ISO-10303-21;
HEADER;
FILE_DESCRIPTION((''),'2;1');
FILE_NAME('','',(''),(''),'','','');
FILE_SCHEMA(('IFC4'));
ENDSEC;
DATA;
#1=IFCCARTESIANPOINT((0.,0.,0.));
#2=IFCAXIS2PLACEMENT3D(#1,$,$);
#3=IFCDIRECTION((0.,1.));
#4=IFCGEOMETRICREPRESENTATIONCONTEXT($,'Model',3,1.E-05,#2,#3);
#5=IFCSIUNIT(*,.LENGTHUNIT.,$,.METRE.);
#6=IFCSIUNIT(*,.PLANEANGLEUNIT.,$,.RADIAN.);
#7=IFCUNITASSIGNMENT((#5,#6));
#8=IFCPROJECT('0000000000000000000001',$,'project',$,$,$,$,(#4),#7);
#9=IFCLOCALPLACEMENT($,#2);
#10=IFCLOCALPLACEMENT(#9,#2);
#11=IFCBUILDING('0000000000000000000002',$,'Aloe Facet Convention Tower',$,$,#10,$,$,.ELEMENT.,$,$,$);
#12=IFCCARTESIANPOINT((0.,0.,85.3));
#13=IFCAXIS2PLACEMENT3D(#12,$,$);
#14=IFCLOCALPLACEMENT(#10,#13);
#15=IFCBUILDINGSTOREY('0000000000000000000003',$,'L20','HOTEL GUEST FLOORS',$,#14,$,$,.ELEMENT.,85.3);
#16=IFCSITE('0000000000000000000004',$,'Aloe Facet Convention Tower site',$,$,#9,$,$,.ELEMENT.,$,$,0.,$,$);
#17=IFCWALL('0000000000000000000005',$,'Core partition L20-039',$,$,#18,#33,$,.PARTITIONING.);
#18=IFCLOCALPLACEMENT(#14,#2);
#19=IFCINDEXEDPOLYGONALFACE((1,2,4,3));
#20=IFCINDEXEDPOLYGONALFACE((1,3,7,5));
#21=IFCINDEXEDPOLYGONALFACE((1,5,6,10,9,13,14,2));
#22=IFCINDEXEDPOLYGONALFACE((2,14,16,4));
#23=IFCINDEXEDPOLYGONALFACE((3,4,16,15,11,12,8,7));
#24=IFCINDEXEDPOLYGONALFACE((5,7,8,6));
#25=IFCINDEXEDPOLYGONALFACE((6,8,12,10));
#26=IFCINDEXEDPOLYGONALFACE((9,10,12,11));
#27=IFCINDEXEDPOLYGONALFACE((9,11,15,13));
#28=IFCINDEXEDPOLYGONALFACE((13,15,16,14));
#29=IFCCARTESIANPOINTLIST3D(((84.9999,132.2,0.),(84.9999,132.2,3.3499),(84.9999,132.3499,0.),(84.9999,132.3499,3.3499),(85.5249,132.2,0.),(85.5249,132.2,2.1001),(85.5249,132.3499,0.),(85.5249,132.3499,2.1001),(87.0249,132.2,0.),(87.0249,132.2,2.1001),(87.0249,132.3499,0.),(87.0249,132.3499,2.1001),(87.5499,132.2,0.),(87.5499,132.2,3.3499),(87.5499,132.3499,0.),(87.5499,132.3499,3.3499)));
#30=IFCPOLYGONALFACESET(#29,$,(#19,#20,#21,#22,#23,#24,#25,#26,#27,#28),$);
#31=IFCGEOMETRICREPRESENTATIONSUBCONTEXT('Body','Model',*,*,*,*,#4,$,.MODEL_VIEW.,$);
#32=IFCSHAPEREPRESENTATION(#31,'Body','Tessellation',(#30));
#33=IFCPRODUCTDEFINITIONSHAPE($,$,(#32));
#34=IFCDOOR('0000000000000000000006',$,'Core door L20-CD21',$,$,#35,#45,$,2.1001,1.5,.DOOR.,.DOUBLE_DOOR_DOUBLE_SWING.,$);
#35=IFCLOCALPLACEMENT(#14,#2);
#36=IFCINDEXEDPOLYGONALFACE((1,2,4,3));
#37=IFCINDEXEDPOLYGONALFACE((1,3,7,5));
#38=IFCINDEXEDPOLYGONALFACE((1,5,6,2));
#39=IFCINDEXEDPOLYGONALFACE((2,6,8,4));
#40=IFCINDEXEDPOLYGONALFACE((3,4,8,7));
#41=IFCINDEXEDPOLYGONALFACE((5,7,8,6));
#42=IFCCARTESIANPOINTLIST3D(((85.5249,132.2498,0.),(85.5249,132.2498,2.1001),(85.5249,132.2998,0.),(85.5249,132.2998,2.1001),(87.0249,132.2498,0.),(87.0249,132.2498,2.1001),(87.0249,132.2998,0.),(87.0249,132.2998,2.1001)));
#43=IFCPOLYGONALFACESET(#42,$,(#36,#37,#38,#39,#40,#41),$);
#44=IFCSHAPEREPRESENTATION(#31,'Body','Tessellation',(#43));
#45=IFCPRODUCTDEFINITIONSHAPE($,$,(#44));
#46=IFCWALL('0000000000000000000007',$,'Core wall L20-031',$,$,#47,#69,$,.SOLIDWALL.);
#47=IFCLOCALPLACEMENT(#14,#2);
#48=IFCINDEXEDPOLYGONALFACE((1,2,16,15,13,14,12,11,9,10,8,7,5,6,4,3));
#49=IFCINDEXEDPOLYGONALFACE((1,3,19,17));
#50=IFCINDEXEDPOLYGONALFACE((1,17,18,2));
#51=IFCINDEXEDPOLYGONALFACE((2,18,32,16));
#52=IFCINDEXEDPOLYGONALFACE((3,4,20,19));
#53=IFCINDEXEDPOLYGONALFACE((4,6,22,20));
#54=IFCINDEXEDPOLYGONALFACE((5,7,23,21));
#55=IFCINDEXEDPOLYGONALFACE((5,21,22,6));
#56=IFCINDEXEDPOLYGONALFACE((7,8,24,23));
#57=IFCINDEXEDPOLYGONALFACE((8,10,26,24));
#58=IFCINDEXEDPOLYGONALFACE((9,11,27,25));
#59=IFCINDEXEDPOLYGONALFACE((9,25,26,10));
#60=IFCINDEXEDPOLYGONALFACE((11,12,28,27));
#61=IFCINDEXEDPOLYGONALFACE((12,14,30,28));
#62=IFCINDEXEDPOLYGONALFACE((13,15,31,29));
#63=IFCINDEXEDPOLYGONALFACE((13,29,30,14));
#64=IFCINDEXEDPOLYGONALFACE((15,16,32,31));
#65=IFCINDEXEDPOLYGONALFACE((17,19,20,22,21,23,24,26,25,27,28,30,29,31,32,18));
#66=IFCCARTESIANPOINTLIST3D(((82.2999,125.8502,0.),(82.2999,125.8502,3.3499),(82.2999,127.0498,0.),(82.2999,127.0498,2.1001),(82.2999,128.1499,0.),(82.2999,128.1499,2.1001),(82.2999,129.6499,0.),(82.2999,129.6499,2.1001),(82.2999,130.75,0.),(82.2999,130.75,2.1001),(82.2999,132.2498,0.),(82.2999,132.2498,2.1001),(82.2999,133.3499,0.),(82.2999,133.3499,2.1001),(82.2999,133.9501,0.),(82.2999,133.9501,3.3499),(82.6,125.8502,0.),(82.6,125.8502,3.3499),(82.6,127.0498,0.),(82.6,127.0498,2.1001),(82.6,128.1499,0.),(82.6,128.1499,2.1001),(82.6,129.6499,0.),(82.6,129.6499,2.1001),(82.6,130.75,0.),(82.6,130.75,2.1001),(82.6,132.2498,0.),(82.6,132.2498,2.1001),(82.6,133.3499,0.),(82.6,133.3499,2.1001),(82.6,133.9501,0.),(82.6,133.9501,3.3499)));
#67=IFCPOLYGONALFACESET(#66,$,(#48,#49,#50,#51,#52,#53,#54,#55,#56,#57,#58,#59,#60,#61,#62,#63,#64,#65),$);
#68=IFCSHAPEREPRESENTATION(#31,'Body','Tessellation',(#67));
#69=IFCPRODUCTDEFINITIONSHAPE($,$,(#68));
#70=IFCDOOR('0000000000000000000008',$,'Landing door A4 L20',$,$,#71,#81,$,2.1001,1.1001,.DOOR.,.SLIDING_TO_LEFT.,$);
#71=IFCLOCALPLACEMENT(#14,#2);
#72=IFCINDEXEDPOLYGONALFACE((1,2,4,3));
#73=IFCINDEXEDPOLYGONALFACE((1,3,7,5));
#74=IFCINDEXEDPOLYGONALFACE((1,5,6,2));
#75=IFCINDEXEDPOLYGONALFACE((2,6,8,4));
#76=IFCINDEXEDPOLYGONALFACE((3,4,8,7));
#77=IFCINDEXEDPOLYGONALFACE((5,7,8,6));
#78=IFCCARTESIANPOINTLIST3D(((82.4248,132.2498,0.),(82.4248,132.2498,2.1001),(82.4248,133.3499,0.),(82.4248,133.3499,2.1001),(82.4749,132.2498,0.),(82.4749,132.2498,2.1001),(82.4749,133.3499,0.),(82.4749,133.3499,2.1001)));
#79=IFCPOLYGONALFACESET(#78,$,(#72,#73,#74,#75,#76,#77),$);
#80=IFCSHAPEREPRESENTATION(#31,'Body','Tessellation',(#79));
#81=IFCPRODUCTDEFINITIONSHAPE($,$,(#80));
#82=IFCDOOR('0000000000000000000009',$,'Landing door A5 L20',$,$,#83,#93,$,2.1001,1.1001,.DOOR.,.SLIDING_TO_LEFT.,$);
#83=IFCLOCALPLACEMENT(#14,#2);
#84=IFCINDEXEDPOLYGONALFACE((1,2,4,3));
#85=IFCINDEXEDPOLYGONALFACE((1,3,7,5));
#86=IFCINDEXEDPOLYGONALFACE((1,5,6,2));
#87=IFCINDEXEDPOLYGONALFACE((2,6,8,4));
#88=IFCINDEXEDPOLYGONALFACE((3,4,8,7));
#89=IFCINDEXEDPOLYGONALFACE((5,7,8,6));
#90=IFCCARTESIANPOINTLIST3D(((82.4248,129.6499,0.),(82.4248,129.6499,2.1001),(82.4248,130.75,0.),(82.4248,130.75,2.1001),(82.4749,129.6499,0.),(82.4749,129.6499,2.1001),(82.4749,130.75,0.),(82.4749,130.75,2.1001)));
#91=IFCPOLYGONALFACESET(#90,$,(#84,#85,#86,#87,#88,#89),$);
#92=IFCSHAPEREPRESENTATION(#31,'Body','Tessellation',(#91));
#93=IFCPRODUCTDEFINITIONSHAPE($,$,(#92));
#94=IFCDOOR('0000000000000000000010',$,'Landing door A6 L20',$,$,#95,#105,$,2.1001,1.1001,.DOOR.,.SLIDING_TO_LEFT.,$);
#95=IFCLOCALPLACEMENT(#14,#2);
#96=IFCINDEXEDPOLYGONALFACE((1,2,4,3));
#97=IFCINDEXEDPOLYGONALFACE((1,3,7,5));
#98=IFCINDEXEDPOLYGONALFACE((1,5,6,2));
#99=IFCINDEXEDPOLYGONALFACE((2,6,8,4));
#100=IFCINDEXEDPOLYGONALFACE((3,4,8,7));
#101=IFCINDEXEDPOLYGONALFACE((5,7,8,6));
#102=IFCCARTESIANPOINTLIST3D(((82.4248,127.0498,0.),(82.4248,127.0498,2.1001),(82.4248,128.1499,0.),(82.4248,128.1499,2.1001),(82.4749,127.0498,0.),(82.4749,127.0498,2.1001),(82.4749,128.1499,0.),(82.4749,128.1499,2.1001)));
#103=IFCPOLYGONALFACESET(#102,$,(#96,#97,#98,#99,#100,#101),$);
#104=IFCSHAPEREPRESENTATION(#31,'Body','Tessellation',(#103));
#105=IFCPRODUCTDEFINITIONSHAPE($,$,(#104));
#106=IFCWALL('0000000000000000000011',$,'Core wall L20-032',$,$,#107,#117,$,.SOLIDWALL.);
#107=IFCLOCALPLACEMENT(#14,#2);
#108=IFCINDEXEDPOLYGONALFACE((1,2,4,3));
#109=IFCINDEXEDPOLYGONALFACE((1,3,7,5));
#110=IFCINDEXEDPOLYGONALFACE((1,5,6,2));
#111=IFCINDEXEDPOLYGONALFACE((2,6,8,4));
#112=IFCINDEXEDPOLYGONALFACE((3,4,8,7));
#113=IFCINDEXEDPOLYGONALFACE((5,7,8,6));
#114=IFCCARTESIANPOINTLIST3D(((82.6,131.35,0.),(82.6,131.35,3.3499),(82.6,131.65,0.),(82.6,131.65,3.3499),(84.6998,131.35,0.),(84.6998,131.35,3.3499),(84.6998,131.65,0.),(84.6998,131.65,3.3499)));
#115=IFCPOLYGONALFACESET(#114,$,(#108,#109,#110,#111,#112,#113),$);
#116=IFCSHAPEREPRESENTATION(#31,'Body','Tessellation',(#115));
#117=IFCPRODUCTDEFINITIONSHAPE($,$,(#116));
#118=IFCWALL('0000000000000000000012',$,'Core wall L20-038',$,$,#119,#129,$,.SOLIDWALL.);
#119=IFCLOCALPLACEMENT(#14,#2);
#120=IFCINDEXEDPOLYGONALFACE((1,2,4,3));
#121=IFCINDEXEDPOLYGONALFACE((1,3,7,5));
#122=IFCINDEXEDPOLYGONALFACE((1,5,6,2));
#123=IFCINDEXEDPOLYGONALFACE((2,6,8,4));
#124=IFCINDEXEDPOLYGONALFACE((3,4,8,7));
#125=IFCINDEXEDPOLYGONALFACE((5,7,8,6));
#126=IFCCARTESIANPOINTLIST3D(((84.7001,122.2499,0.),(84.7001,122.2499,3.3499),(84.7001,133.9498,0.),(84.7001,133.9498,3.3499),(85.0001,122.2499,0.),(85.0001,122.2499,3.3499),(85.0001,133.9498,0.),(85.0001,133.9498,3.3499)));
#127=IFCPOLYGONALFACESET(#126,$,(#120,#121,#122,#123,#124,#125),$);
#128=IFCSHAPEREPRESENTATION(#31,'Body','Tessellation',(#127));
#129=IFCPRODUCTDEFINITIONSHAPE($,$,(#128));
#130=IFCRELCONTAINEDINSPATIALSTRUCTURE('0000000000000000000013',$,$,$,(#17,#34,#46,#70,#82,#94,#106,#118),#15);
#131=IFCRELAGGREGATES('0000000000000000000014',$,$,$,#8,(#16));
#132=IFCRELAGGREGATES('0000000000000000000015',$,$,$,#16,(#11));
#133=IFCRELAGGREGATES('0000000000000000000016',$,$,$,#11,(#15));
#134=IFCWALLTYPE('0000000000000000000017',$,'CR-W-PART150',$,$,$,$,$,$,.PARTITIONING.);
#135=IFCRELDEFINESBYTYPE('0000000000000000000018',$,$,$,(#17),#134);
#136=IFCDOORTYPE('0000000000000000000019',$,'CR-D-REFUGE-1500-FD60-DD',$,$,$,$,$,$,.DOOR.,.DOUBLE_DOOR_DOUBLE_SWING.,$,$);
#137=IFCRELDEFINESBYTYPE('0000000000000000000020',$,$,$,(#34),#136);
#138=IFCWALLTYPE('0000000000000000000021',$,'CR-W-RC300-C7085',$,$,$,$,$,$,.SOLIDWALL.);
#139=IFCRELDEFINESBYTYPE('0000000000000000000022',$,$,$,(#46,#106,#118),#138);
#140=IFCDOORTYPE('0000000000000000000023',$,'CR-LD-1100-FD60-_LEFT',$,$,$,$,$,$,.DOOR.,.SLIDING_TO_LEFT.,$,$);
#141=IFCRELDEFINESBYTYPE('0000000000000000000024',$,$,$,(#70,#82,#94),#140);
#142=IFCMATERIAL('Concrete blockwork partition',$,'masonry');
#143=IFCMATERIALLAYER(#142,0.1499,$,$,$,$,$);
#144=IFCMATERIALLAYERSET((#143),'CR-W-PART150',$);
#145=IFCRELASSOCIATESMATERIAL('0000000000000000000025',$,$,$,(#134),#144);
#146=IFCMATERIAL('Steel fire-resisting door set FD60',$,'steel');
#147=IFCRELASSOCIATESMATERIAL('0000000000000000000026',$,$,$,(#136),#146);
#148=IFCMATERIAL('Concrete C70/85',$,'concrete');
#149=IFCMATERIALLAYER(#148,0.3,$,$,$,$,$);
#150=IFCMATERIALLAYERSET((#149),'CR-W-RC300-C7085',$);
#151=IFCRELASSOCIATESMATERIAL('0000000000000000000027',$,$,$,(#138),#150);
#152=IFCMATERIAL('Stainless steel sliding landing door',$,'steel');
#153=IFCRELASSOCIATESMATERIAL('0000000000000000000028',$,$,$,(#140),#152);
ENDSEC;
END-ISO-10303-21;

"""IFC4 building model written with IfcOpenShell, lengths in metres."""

from ifc_helpers import new_model, si_unit, direction, frame, frame_2d, origin, place, context, subcontext, project, spatial, rectangle, extrude, material, layer, layer_set, type_object, element, fill, save


model = new_model("IFC4")

# Units and contexts
model_context = context("Model", 3, precision=1e-05, world=origin(), true_north=direction((0.0, 1.0)))
body_context = subcontext(model_context, "Body", "Model", "MODEL_VIEW")
ifc_project = project(units=[si_unit("LENGTHUNIT", "METRE"), si_unit("PLANEANGLEUNIT", "RADIAN")], contexts=[model_context])

# Site, building, storey
site_placement = place(None, origin())
site = spatial("IfcSite", under=ifc_project, at=site_placement, Name="Aloe Facet Convention Tower site", CompositionType="ELEMENT", RefElevation=0.0)
building_placement = place(site_placement, origin())
building = spatial("IfcBuilding", under=site, at=building_placement, Name="Aloe Facet Convention Tower", CompositionType="ELEMENT")
storey_placement = place(building_placement, frame((0.0, 0.0, 85.3)))
storey = spatial("IfcBuildingStorey", under=building, at=storey_placement, Name="L20", Description="HOTEL GUEST FLOORS", CompositionType="ELEMENT", Elevation=85.3)

# Wall, opening, door
ifc_material_1 = material(Name="Concrete blockwork partition", Category="masonry")
ifc_layer_1 = layer(ifc_material_1, 0.1499)
ifc_layer_set_1 = layer_set([ifc_layer_1], Name="CR-W-PART150")
wall_type_1 = type_object("IfcWallType", Name="CR-W-PART150", PredefinedType="PARTITIONING", material=ifc_layer_set_1)
wall_1_placement = place(storey_placement, frame((85.0, 132.2749, 0.0), z_axis=(0.0, 0.0, 1.0), x_axis=(1.0, 0.0, 0.0)))
wall_1 = element("IfcWall", 1, at=wall_1_placement, inside=storey, type_object=wall_type_1, Name="Core partition L20-039", PredefinedType="PARTITIONING", context=body_context, shape_type="SweptSolid", body=[
    extrude(rectangle(XDim=2.55, YDim=0.1499, at=frame_2d((1.2749, 0.0))), origin(), (0.0, 0.0, 1.0), 3.3499),
])
opening_1_placement = place(wall_1_placement, frame((0.5249, 0.0, 0.0)))
opening_1 = element("IfcOpeningElement", 2, at=opening_1_placement, cuts=wall_1, PredefinedType="OPENING", context=body_context, shape_type="SweptSolid", body=[
    extrude(rectangle(XDim=1.5, YDim=2.1001, at=frame_2d((0.75, 1.05))), frame((0.0, 0.085, 0.0), z_axis=(0.0, -1.0, 0.0), x_axis=(1.0, 0.0, 0.0)), (0.0, 0.0, 1.0), 0.1699),
])
ifc_material_2 = material(Name="Steel fire-resisting door set FD60", Category="steel")
door_type_1 = type_object("IfcDoorType", Name="CR-D-REFUGE-1500-FD60-DD", OperationType="DOUBLE_DOOR_DOUBLE_SWING", PredefinedType="DOOR", material=ifc_material_2)
door_1_placement = place(opening_1_placement, origin())
door_1 = element("IfcDoor", 3, at=door_1_placement, inside=storey, type_object=door_type_1, Name="Core door L20-CD21", OperationType="DOUBLE_DOOR_DOUBLE_SWING", OverallHeight=2.1001, OverallWidth=1.5, PredefinedType="DOOR", context=body_context, shape_type="SweptSolid", body=[
    extrude(rectangle(XDim=1.5, YDim=2.1001, at=frame_2d((0.75, 1.05))), frame((0.0, 0.0249, 0.0), z_axis=(0.0, -1.0, 0.0), x_axis=(1.0, 0.0, 0.0)), (0.0, 0.0, 1.0), 0.05),
])
fill(opening_1, door_1)

# Wall, openings, doors
ifc_material_3 = material(Name="Concrete C70/85", Category="concrete")
ifc_layer_2 = layer(ifc_material_3, 0.3)
ifc_layer_set_2 = layer_set([ifc_layer_2], Name="CR-W-RC300-C7085")
wall_type_2 = type_object("IfcWallType", Name="CR-W-RC300-C7085", PredefinedType="SOLIDWALL", material=ifc_layer_set_2)
wall_2_placement = place(storey_placement, frame((82.45, 133.95, 0.0), z_axis=(0.0, 0.0, 1.0), x_axis=(0.0, -1.0, 0.0)))
wall_2 = element("IfcWall", 4, at=wall_2_placement, inside=storey, type_object=wall_type_2, Name="Core wall L20-031", PredefinedType="SOLIDWALL", context=body_context, shape_type="SweptSolid", body=[
    extrude(rectangle(XDim=8.0999, YDim=0.3, at=frame_2d((4.0498, 0.0))), origin(), (0.0, 0.0, 1.0), 3.3499),
])
opening_2_placement = place(wall_2_placement, frame((0.6001, 0.0, 0.0)))
opening_2 = element("IfcOpeningElement", 5, at=opening_2_placement, cuts=wall_2, PredefinedType="OPENING", context=body_context, shape_type="SweptSolid", body=[
    extrude(rectangle(XDim=1.1001, YDim=2.1001, at=frame_2d((0.55, 1.05))), frame((0.0, 0.1602, 0.0), z_axis=(0.0, -1.0, 0.0), x_axis=(1.0, 0.0, 0.0)), (0.0, 0.0, 1.0), 0.3201),
])
opening_3_placement = place(wall_2_placement, frame((3.2, 0.0, 0.0)))
opening_3 = element("IfcOpeningElement", 6, at=opening_3_placement, cuts=wall_2, PredefinedType="OPENING", context=body_context, shape_type="SweptSolid", body=[
    extrude(rectangle(XDim=1.1001, YDim=2.1001, at=frame_2d((0.55, 1.05))), frame((0.0, 0.1602, 0.0), z_axis=(0.0, -1.0, 0.0), x_axis=(1.0, 0.0, 0.0)), (0.0, 0.0, 1.0), 0.3201),
])
opening_4_placement = place(wall_2_placement, frame((5.8, 0.0, 0.0)))
opening_4 = element("IfcOpeningElement", 7, at=opening_4_placement, cuts=wall_2, PredefinedType="OPENING", context=body_context, shape_type="SweptSolid", body=[
    extrude(rectangle(XDim=1.1001, YDim=2.1001, at=frame_2d((0.55, 1.05))), frame((0.0, 0.1602, 0.0), z_axis=(0.0, -1.0, 0.0), x_axis=(1.0, 0.0, 0.0)), (0.0, 0.0, 1.0), 0.3201),
])
ifc_material_4 = material(Name="Stainless steel sliding landing door", Category="steel")
door_type_2 = type_object("IfcDoorType", Name="CR-LD-1100-FD60-_LEFT", OperationType="SLIDING_TO_LEFT", PredefinedType="DOOR", material=ifc_material_4)
door_2_placement = place(opening_2_placement, origin())
door_2 = element("IfcDoor", 8, at=door_2_placement, inside=storey, type_object=door_type_2, Name="Landing door A4 L20", OperationType="SLIDING_TO_LEFT", OverallHeight=2.1001, OverallWidth=1.1001, PredefinedType="DOOR", context=body_context, shape_type="SweptSolid", body=[
    extrude(rectangle(XDim=1.1001, YDim=2.1001, at=frame_2d((0.55, 1.05))), frame((0.0, 0.0249, 0.0), z_axis=(0.0, -1.0, 0.0), x_axis=(1.0, 0.0, 0.0)), (0.0, 0.0, 1.0), 0.05),
])
fill(opening_2, door_2)
door_3_placement = place(opening_3_placement, origin())
door_3 = element("IfcDoor", 9, at=door_3_placement, inside=storey, type_object=door_type_2, Name="Landing door A5 L20", OperationType="SLIDING_TO_LEFT", OverallHeight=2.1001, OverallWidth=1.1001, PredefinedType="DOOR", context=body_context, shape_type="SweptSolid", body=[
    extrude(rectangle(XDim=1.1001, YDim=2.1001, at=frame_2d((0.55, 1.05))), frame((0.0, 0.0249, 0.0), z_axis=(0.0, -1.0, 0.0), x_axis=(1.0, 0.0, 0.0)), (0.0, 0.0, 1.0), 0.05),
])
fill(opening_3, door_3)
door_4_placement = place(opening_4_placement, origin())
door_4 = element("IfcDoor", 10, at=door_4_placement, inside=storey, type_object=door_type_2, Name="Landing door A6 L20", OperationType="SLIDING_TO_LEFT", OverallHeight=2.1001, OverallWidth=1.1001, PredefinedType="DOOR", context=body_context, shape_type="SweptSolid", body=[
    extrude(rectangle(XDim=1.1001, YDim=2.1001, at=frame_2d((0.55, 1.05))), frame((0.0, 0.0249, 0.0), z_axis=(0.0, -1.0, 0.0), x_axis=(1.0, 0.0, 0.0)), (0.0, 0.0, 1.0), 0.05),
])
fill(opening_4, door_4)

# Walls
wall_3_placement = place(storey_placement, frame((82.6001, 131.5, 0.0), z_axis=(0.0, 0.0, 1.0), x_axis=(1.0, 0.0, 0.0)))
element("IfcWall", 11, at=wall_3_placement, inside=storey, type_object=wall_type_2, Name="Core wall L20-032", PredefinedType="SOLIDWALL", context=body_context, shape_type="SweptSolid", body=[
    extrude(rectangle(XDim=2.0999, YDim=0.3, at=frame_2d((1.0498, 0.0))), origin(), (0.0, 0.0, 1.0), 3.3499),
])
wall_4_placement = place(storey_placement, frame((84.8501, 133.95, 0.0), z_axis=(0.0, 0.0, 1.0), x_axis=(0.0, -1.0, 0.0)))
element("IfcWall", 12, at=wall_4_placement, inside=storey, type_object=wall_type_2, Name="Core wall L20-038", PredefinedType="SOLIDWALL", context=body_context, shape_type="SweptSolid", body=[
    extrude(rectangle(XDim=11.7, YDim=0.3, at=frame_2d((5.8501, 0.0))), origin(), (0.0, 0.0, 1.0), 3.3499),
])

save(model, "model.ifc")
